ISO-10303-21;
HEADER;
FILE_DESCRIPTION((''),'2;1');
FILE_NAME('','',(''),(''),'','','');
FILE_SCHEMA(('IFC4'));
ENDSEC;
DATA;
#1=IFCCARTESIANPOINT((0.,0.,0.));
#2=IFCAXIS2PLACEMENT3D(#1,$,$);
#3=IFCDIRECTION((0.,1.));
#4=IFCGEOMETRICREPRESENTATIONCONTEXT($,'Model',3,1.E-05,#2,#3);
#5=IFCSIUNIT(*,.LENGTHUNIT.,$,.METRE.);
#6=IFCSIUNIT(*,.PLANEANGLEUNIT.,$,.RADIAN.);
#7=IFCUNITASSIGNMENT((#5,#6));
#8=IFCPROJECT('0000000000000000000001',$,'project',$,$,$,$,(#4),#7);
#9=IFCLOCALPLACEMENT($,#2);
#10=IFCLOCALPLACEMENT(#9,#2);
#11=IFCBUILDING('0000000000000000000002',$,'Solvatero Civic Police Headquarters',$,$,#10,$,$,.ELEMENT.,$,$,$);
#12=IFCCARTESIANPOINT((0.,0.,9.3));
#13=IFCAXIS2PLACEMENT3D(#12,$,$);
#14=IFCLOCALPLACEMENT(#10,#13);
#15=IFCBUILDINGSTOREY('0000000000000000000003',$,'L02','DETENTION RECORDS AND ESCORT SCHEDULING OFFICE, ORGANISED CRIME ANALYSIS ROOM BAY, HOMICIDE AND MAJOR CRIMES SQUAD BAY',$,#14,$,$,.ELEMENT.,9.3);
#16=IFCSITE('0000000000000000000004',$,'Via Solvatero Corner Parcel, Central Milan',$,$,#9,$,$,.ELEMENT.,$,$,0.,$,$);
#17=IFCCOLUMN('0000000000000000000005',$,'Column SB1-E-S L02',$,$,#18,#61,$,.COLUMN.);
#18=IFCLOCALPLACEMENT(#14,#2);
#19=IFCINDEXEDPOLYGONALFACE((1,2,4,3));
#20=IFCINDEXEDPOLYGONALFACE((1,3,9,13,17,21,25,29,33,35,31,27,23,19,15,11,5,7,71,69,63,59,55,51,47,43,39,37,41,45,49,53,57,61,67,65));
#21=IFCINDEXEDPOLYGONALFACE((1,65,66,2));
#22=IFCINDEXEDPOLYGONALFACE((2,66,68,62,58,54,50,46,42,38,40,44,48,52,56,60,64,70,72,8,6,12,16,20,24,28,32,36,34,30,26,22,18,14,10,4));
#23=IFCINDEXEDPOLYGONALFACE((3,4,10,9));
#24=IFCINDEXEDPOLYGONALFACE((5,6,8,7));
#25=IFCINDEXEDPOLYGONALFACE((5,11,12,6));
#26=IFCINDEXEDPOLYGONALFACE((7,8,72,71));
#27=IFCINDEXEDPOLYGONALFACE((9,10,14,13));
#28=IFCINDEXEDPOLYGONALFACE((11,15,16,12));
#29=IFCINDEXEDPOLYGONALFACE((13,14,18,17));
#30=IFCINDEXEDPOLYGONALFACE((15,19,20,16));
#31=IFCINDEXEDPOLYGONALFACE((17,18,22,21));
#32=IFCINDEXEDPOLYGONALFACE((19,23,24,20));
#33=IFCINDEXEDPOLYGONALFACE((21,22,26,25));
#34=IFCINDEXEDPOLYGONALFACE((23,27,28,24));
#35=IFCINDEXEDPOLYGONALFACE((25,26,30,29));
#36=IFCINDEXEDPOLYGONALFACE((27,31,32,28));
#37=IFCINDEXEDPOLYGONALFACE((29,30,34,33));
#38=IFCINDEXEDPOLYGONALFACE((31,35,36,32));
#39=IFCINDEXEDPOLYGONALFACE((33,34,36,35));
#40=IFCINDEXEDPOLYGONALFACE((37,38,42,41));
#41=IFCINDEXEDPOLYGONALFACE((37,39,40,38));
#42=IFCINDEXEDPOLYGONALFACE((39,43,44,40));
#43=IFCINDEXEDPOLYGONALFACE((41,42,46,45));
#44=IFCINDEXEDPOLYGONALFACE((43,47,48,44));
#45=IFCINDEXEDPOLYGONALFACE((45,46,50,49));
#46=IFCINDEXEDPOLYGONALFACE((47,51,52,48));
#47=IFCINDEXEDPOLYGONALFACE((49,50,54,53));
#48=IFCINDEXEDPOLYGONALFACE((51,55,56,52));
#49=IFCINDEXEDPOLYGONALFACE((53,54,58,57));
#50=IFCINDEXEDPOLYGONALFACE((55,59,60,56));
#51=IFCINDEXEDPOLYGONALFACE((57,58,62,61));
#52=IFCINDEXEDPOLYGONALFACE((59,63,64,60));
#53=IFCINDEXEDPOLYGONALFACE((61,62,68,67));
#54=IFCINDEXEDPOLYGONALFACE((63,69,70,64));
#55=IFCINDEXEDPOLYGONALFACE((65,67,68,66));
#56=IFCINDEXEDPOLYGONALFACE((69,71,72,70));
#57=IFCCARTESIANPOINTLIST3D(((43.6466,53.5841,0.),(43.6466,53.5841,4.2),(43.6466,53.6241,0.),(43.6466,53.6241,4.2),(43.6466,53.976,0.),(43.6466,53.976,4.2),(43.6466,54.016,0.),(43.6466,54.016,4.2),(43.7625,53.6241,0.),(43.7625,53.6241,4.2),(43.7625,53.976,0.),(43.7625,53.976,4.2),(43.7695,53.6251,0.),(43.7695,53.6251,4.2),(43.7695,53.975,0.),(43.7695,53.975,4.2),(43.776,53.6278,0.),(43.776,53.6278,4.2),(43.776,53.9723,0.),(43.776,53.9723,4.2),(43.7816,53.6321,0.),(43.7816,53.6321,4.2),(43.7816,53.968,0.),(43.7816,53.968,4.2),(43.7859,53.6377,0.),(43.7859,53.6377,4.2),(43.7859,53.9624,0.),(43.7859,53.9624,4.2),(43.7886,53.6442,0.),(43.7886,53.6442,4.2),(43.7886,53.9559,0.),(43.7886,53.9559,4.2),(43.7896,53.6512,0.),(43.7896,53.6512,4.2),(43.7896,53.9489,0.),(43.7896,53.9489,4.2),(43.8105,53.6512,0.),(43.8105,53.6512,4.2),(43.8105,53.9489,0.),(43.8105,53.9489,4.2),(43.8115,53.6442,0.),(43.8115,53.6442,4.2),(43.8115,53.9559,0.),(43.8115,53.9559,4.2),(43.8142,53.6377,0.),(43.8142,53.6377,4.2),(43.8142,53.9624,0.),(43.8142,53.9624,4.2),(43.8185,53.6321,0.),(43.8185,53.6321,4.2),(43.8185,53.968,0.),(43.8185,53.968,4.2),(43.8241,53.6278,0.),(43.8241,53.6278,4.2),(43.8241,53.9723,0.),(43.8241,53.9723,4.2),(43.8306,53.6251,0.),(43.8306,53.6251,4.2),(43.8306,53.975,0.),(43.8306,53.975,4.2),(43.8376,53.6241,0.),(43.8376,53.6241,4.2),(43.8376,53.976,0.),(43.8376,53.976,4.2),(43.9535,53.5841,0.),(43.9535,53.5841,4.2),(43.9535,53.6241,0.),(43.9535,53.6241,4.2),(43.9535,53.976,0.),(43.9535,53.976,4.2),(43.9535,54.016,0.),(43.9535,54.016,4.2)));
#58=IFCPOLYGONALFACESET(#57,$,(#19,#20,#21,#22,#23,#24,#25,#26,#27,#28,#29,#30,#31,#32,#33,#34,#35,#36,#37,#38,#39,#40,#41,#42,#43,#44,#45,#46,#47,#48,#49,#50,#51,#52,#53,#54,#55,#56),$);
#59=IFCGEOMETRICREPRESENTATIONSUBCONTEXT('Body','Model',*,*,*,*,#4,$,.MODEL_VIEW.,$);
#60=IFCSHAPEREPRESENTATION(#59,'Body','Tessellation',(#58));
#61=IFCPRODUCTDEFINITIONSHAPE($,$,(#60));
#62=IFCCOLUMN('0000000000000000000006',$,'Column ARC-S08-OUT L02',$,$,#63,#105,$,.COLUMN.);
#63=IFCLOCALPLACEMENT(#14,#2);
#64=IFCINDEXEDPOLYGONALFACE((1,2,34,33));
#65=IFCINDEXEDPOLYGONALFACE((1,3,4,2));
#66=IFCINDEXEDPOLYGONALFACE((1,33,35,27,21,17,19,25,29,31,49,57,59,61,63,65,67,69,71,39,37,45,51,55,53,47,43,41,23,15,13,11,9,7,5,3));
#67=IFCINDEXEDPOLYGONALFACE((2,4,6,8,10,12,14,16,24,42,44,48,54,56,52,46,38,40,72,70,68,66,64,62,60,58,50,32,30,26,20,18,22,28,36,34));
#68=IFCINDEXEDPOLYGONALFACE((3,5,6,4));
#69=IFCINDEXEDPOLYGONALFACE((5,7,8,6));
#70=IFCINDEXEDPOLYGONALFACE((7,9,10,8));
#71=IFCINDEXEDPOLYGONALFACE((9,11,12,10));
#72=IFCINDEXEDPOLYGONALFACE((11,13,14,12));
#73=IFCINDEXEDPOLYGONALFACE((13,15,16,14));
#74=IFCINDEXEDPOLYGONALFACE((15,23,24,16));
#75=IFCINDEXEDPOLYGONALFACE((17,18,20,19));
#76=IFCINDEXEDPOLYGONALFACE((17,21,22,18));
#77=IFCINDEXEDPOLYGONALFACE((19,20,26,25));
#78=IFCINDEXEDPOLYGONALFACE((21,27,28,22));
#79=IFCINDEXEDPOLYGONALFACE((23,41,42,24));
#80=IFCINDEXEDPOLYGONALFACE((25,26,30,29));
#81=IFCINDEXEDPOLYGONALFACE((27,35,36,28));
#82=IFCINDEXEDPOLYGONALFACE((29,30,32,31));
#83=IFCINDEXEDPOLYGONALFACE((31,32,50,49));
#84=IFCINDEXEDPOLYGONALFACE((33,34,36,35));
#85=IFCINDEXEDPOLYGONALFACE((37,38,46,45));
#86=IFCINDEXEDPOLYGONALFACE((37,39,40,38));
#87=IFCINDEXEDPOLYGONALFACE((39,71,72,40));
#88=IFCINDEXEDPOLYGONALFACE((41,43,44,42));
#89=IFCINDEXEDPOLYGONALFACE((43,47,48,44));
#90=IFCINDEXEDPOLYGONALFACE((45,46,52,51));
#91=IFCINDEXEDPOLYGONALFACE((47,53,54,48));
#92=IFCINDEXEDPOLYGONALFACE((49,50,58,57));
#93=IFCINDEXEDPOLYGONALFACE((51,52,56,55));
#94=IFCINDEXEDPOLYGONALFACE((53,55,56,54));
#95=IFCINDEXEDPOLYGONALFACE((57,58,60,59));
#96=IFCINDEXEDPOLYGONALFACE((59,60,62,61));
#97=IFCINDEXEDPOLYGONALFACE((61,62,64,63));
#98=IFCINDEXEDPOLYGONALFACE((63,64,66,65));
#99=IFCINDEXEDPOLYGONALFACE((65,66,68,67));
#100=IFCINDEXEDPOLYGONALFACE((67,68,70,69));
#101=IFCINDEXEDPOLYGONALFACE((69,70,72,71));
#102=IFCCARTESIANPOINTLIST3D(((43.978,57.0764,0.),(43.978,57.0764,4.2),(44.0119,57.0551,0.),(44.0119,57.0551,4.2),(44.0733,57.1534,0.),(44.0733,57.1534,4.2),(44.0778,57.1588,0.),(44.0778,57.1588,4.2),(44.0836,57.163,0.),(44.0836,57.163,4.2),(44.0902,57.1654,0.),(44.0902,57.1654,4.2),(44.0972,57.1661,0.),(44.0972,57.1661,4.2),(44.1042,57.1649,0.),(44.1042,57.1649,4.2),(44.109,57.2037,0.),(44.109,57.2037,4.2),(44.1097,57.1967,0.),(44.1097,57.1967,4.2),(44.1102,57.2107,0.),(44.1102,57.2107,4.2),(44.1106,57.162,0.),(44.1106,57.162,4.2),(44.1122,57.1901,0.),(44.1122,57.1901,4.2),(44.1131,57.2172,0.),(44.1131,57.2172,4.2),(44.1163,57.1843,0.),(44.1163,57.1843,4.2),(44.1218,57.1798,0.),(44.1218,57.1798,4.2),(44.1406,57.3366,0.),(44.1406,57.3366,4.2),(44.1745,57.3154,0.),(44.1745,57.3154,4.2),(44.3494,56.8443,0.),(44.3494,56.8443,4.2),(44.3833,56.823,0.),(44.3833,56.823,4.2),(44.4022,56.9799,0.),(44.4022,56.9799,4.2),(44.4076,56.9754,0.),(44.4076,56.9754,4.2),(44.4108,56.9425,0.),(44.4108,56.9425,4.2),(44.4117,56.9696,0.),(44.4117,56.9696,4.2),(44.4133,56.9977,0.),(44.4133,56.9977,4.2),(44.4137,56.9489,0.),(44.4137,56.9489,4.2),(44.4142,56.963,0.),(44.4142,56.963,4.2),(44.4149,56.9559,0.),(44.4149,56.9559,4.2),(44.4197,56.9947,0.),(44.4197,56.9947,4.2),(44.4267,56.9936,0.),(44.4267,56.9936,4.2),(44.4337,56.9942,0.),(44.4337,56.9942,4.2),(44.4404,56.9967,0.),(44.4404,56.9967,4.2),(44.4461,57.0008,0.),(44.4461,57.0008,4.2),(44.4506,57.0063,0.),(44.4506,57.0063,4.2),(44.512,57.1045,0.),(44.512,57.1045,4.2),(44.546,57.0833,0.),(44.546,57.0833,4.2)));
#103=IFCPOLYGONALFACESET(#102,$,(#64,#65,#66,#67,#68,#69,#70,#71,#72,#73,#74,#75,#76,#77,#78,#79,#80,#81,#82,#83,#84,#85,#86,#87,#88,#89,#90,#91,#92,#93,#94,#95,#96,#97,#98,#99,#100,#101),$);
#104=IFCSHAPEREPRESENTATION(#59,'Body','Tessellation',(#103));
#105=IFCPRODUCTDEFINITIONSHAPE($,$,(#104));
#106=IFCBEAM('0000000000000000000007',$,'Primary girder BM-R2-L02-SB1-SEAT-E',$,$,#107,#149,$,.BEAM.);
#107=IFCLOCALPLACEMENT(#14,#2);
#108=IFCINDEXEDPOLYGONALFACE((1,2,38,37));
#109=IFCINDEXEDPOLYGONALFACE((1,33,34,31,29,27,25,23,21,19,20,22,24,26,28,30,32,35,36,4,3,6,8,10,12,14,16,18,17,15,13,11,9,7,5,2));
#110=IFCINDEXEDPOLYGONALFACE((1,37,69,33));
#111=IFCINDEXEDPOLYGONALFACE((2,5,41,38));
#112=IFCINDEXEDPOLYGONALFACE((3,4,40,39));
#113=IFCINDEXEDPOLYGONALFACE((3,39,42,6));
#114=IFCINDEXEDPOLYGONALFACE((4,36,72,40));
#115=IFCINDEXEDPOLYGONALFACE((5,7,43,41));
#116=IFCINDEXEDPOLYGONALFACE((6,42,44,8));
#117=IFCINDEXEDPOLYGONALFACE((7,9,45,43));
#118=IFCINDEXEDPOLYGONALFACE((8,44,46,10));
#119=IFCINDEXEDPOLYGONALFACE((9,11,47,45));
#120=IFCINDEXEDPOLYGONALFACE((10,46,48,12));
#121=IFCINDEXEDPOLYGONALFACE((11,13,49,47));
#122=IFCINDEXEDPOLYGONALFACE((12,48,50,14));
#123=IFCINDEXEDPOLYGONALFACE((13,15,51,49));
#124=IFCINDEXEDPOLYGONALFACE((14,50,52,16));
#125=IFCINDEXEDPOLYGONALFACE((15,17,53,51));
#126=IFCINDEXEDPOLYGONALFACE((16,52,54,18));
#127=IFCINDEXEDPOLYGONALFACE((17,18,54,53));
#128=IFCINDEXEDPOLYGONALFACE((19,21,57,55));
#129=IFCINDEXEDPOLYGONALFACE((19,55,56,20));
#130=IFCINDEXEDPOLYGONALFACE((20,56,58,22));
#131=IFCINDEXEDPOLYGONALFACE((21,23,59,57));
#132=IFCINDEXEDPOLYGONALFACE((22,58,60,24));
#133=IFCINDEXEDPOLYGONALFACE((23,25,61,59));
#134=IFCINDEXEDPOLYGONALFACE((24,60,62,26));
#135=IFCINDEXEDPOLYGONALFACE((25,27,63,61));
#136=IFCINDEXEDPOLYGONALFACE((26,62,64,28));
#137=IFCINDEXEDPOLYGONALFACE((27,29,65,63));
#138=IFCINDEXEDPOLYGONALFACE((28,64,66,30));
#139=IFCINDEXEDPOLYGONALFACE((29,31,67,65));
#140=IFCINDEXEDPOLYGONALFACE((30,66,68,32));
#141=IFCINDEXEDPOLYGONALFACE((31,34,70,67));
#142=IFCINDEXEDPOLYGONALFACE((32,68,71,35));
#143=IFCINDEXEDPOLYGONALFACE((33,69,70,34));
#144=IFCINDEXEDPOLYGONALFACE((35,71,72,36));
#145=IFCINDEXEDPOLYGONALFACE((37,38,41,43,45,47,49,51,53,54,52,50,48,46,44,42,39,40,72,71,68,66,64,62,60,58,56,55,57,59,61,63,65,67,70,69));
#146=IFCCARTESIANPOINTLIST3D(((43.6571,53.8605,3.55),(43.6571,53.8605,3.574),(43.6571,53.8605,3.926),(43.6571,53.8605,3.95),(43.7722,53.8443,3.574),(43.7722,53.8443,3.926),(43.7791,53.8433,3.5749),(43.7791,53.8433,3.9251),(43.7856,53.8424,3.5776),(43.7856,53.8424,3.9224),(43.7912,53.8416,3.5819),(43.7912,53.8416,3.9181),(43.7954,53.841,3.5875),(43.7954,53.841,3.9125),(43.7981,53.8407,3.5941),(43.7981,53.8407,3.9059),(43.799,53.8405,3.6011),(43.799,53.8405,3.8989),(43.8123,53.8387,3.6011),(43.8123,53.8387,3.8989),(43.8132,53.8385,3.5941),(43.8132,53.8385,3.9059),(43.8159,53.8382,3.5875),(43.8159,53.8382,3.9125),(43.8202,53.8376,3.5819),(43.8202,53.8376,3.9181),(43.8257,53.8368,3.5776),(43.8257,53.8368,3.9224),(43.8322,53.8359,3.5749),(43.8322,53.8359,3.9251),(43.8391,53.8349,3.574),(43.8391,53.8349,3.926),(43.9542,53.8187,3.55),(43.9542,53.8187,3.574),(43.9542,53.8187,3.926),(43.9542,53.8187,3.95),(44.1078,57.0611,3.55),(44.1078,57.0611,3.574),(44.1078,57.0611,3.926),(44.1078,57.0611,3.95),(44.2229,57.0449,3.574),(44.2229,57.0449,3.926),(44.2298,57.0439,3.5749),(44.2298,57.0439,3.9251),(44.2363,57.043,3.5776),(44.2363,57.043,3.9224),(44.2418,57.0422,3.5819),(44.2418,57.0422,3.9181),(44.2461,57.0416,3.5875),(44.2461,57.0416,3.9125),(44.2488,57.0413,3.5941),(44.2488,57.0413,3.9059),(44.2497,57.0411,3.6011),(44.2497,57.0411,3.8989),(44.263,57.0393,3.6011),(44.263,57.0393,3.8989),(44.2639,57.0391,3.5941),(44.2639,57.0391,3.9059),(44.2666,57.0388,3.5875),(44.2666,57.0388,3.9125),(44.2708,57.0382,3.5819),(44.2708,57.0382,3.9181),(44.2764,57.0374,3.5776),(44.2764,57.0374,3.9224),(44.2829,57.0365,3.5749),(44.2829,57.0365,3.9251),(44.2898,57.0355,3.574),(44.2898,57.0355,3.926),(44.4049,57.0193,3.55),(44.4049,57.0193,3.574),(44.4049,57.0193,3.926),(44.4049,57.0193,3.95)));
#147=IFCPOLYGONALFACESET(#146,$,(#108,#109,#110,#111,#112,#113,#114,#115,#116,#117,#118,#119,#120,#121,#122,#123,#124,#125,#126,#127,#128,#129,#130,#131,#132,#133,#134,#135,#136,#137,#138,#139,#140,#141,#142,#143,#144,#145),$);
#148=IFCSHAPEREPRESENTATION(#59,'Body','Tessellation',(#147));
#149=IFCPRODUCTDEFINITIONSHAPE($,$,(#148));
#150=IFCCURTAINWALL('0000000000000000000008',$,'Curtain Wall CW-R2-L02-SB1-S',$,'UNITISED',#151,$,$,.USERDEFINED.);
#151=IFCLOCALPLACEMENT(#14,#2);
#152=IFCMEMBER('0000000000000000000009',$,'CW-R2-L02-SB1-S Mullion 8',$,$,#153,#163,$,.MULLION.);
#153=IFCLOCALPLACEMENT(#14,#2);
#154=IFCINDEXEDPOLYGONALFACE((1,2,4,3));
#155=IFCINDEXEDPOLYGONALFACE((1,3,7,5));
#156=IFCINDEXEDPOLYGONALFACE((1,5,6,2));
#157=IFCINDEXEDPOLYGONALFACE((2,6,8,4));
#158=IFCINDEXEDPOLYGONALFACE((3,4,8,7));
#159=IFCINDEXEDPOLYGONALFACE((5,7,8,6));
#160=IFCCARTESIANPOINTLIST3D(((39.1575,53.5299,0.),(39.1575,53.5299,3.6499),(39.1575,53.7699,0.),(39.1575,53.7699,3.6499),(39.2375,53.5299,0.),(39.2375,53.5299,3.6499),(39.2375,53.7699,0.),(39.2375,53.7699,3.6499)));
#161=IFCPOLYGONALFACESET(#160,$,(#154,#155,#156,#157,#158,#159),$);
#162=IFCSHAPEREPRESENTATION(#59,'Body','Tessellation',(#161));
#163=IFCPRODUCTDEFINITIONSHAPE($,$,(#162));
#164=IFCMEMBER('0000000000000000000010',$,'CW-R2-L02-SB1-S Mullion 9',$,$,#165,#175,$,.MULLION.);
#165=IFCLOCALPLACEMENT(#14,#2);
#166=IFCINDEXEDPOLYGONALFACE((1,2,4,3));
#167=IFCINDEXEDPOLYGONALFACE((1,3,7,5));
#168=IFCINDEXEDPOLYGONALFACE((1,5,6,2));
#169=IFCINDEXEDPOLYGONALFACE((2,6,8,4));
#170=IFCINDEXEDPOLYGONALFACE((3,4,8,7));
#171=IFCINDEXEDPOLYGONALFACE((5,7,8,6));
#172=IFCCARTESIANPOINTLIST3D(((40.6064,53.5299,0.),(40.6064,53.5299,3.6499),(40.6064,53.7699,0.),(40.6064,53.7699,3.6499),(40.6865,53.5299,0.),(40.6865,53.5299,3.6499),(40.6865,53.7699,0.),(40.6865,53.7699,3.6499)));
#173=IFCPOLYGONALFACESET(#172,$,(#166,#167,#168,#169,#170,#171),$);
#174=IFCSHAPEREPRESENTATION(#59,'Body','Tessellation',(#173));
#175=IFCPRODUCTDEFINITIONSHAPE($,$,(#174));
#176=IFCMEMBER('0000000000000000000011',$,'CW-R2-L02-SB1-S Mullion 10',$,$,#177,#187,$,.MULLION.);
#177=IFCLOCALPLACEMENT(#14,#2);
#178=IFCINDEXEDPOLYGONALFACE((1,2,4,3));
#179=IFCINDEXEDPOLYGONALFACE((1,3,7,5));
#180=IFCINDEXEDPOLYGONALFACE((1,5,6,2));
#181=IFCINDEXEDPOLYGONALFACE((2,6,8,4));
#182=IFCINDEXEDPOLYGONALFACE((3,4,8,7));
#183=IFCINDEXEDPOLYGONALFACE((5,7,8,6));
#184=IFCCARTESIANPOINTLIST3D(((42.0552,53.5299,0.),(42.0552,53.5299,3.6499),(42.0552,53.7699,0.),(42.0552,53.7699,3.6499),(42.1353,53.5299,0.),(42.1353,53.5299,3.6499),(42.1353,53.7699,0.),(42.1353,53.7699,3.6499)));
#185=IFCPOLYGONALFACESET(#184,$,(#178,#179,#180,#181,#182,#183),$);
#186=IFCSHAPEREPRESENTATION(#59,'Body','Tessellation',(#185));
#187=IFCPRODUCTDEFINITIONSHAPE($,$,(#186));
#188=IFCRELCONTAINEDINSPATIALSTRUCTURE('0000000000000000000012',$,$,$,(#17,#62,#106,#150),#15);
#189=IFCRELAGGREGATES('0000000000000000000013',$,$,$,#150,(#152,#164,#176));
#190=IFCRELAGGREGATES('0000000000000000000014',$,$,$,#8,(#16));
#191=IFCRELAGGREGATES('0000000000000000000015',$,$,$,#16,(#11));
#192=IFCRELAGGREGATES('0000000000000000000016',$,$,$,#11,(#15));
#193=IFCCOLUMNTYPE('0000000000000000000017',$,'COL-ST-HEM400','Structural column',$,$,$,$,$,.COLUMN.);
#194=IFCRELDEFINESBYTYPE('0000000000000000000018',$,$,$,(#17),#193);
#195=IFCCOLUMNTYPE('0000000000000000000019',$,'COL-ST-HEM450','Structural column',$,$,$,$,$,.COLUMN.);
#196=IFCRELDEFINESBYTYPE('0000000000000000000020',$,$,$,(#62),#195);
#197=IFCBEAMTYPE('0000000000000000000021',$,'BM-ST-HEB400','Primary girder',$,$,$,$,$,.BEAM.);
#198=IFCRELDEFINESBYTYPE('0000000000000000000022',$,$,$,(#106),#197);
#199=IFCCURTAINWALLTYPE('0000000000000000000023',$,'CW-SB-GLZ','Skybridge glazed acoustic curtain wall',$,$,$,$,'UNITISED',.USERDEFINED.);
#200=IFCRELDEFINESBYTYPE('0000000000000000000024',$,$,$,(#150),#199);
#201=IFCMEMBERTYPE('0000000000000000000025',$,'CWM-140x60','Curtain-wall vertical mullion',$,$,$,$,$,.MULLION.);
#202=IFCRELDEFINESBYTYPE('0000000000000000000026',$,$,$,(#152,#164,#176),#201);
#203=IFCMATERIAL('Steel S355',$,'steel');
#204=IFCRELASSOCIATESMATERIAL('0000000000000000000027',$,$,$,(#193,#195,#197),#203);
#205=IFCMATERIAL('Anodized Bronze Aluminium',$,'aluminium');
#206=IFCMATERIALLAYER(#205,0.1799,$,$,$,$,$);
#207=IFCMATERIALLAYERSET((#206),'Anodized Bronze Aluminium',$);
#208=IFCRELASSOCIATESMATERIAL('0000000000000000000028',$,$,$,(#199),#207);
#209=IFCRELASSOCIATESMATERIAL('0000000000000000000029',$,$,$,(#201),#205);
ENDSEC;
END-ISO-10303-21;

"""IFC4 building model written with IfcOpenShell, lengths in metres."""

from ifc_helpers import new_model, si_unit, direction, frame, origin, origin_2d, place, context, subcontext, project, spatial, rectangle, i_section, extrude, material, layer, layer_set, material_profile, profile_set, type_object, element, aggregate, save


model = new_model("IFC4")

# Units and contexts
model_context = context("Model", 3, precision=1e-05, world=origin(), true_north=direction((0.0, 1.0)))
body_context = subcontext(model_context, "Body", "Model", "MODEL_VIEW")
ifc_project = project(units=[si_unit("LENGTHUNIT", "METRE"), si_unit("PLANEANGLEUNIT", "RADIAN")], contexts=[model_context])

# Site, building, storey
site_placement = place(None, origin())
site = spatial("IfcSite", under=ifc_project, at=site_placement, Name="Via Solvatero Corner Parcel, Central Milan", CompositionType="ELEMENT", RefElevation=0.0)
building_placement = place(site_placement, origin())
building = spatial("IfcBuilding", under=site, at=building_placement, Name="Solvatero Civic Police Headquarters", CompositionType="ELEMENT")
storey_placement = place(building_placement, frame((0.0, 0.0, 9.3)))
storey = spatial("IfcBuildingStorey", under=building, at=storey_placement, Name="L02", Description="DETENTION RECORDS AND ESCORT SCHEDULING OFFICE, ORGANISED CRIME ANALYSIS ROOM BAY, HOMICIDE AND MAJOR CRIMES SQUAD BAY", CompositionType="ELEMENT", Elevation=9.3)

# Columns
ifc_material_1 = material(Name="Steel S355", Category="steel")
ifc_material_profile_1 = material_profile(ifc_material_1, i_section(OverallWidth=0.3069, OverallDepth=0.4319, WebThickness=0.021, FlangeThickness=0.04, FilletRadius=0.0271, at=origin_2d()), Name="HEM 400")
ifc_profile_set_1 = profile_set([ifc_material_profile_1], Name="Steel S355")
column_type_1 = type_object("IfcColumnType", Name="COL-ST-HEM400", Description="Structural column", PredefinedType="COLUMN", material=ifc_profile_set_1)
column_1_placement = place(storey_placement, frame((43.8, 53.8, 0.0), z_axis=(0.0, 0.0, 1.0), x_axis=(1.0, 0.0, 0.0)))
element("IfcColumn", 1, at=column_1_placement, inside=storey, type_object=column_type_1, Name="Column SB1-E-S L02", PredefinedType="COLUMN", context=body_context, shape_type="SweptSolid", body=[
    extrude(i_section(OverallWidth=0.3069, OverallDepth=0.4319, WebThickness=0.021, FlangeThickness=0.04, FilletRadius=0.0271, at=origin_2d()), origin(), (0.0, 0.0, 1.0), 4.2),
])
ifc_material_profile_2 = material_profile(ifc_material_1, i_section(OverallWidth=0.3069, OverallDepth=0.478, WebThickness=0.021, FlangeThickness=0.04, FilletRadius=0.0271, at=origin_2d()), Name="HEM 450")
ifc_profile_set_2 = profile_set([ifc_material_profile_2], Name="Steel S355")
column_type_2 = type_object("IfcColumnType", Name="COL-ST-HEM450", Description="Structural column", PredefinedType="COLUMN", material=ifc_profile_set_2)
column_2_placement = place(storey_placement, frame((44.262, 57.0798, 0.0), z_axis=(0.0, 0.0, 1.0), x_axis=(0.529919, 0.848048, 0.0)))
element("IfcColumn", 2, at=column_2_placement, inside=storey, type_object=column_type_2, Name="Column ARC-S08-OUT L02", PredefinedType="COLUMN", context=body_context, shape_type="SweptSolid", body=[
    extrude(i_section(OverallWidth=0.3069, OverallDepth=0.478, WebThickness=0.021, FlangeThickness=0.04, FilletRadius=0.0271, at=origin_2d()), origin(), (0.0, 0.0, 1.0), 4.2),
])

# Beam
ifc_material_profile_3 = material_profile(ifc_material_1, i_section(OverallWidth=0.3, OverallDepth=0.3999, WebThickness=0.0134, FlangeThickness=0.0239, FilletRadius=0.0271, at=origin_2d()), Name="HEB 400")
ifc_profile_set_3 = profile_set([ifc_material_profile_3], Name="Steel S355")
beam_type = type_object("IfcBeamType", Name="BM-ST-HEB400", Description="Primary girder", PredefinedType="BEAM", material=ifc_profile_set_3)
beam_placement = place(storey_placement, frame((43.8057, 53.8396, 3.75), z_axis=(0.139433, 0.990231, 0.0), x_axis=(-0.990231, 0.139433, 0.0)))
element("IfcBeam", 3, at=beam_placement, inside=storey, type_object=beam_type, Name="Primary girder BM-R2-L02-SB1-SEAT-E", PredefinedType="BEAM", context=body_context, shape_type="SweptSolid", body=[
    extrude(i_section(OverallWidth=0.3, OverallDepth=0.3999, WebThickness=0.0134, FlangeThickness=0.0239, FilletRadius=0.0271, at=origin_2d()), origin(), (0.0, 0.0, 1.0), 3.2322),
])

# Curtain wall, members
ifc_material_2 = material(Name="Anodized Bronze Aluminium", Category="aluminium")
ifc_layer_1 = layer(ifc_material_2, 0.1799)
ifc_layer_set_1 = layer_set([ifc_layer_1], Name="Anodized Bronze Aluminium")
curtain_wall_type_1 = type_object("IfcCurtainWallType", Name="CW-SB-GLZ", Description="Skybridge glazed acoustic curtain wall", ElementType="UNITISED", PredefinedType="USERDEFINED", material=ifc_layer_set_1)
curtain_wall_1_placement = place(storey_placement, origin())
curtain_wall_1 = element("IfcCurtainWall", 4, at=curtain_wall_1_placement, inside=storey, type_object=curtain_wall_type_1, Name="Curtain Wall CW-R2-L02-SB1-S", ObjectType="UNITISED", PredefinedType="USERDEFINED")
ifc_material_profile_4 = material_profile(ifc_material_2, rectangle(XDim=0.0801, YDim=0.24, at=origin_2d()), Name="ALU MULLION 80x240")
ifc_profile_set_4 = profile_set([ifc_material_profile_4], Name="Anodized Bronze Aluminium")
member_type_1 = type_object("IfcMemberType", Name="CWM-140x60", Description="Curtain-wall vertical mullion", PredefinedType="MULLION", material=ifc_profile_set_4)
member_1_placement = place(storey_placement, frame((39.1975, 53.6499, 0.0), z_axis=(0.0, 0.0, 1.0), x_axis=(1.0, 0.0, 0.0)))
member_1 = element("IfcMember", 5, at=member_1_placement, type_object=member_type_1, Name="CW-R2-L02-SB1-S Mullion 8", PredefinedType="MULLION", context=body_context, shape_type="SweptSolid", body=[
    extrude(rectangle(XDim=0.0801, YDim=0.24, at=origin_2d()), origin(), (0.0, 0.0, 1.0), 3.6499),
])
member_2_placement = place(storey_placement, frame((40.6465, 53.6499, 0.0), z_axis=(0.0, 0.0, 1.0), x_axis=(1.0, 0.0, 0.0)))
member_2 = element("IfcMember", 6, at=member_2_placement, type_object=member_type_1, Name="CW-R2-L02-SB1-S Mullion 9", PredefinedType="MULLION", context=body_context, shape_type="SweptSolid", body=[
    extrude(rectangle(XDim=0.0801, YDim=0.24, at=origin_2d()), origin(), (0.0, 0.0, 1.0), 3.6499),
])
member_3_placement = place(storey_placement, frame((42.0952, 53.6499, 0.0), z_axis=(0.0, 0.0, 1.0), x_axis=(1.0, 0.0, 0.0)))
member_3 = element("IfcMember", 7, at=member_3_placement, type_object=member_type_1, Name="CW-R2-L02-SB1-S Mullion 10", PredefinedType="MULLION", context=body_context, shape_type="SweptSolid", body=[
    extrude(rectangle(XDim=0.0801, YDim=0.24, at=origin_2d()), origin(), (0.0, 0.0, 1.0), 3.6499),
])

aggregate(curtain_wall_1, [member_1, member_2, member_3])

save(model, "model.ifc")
